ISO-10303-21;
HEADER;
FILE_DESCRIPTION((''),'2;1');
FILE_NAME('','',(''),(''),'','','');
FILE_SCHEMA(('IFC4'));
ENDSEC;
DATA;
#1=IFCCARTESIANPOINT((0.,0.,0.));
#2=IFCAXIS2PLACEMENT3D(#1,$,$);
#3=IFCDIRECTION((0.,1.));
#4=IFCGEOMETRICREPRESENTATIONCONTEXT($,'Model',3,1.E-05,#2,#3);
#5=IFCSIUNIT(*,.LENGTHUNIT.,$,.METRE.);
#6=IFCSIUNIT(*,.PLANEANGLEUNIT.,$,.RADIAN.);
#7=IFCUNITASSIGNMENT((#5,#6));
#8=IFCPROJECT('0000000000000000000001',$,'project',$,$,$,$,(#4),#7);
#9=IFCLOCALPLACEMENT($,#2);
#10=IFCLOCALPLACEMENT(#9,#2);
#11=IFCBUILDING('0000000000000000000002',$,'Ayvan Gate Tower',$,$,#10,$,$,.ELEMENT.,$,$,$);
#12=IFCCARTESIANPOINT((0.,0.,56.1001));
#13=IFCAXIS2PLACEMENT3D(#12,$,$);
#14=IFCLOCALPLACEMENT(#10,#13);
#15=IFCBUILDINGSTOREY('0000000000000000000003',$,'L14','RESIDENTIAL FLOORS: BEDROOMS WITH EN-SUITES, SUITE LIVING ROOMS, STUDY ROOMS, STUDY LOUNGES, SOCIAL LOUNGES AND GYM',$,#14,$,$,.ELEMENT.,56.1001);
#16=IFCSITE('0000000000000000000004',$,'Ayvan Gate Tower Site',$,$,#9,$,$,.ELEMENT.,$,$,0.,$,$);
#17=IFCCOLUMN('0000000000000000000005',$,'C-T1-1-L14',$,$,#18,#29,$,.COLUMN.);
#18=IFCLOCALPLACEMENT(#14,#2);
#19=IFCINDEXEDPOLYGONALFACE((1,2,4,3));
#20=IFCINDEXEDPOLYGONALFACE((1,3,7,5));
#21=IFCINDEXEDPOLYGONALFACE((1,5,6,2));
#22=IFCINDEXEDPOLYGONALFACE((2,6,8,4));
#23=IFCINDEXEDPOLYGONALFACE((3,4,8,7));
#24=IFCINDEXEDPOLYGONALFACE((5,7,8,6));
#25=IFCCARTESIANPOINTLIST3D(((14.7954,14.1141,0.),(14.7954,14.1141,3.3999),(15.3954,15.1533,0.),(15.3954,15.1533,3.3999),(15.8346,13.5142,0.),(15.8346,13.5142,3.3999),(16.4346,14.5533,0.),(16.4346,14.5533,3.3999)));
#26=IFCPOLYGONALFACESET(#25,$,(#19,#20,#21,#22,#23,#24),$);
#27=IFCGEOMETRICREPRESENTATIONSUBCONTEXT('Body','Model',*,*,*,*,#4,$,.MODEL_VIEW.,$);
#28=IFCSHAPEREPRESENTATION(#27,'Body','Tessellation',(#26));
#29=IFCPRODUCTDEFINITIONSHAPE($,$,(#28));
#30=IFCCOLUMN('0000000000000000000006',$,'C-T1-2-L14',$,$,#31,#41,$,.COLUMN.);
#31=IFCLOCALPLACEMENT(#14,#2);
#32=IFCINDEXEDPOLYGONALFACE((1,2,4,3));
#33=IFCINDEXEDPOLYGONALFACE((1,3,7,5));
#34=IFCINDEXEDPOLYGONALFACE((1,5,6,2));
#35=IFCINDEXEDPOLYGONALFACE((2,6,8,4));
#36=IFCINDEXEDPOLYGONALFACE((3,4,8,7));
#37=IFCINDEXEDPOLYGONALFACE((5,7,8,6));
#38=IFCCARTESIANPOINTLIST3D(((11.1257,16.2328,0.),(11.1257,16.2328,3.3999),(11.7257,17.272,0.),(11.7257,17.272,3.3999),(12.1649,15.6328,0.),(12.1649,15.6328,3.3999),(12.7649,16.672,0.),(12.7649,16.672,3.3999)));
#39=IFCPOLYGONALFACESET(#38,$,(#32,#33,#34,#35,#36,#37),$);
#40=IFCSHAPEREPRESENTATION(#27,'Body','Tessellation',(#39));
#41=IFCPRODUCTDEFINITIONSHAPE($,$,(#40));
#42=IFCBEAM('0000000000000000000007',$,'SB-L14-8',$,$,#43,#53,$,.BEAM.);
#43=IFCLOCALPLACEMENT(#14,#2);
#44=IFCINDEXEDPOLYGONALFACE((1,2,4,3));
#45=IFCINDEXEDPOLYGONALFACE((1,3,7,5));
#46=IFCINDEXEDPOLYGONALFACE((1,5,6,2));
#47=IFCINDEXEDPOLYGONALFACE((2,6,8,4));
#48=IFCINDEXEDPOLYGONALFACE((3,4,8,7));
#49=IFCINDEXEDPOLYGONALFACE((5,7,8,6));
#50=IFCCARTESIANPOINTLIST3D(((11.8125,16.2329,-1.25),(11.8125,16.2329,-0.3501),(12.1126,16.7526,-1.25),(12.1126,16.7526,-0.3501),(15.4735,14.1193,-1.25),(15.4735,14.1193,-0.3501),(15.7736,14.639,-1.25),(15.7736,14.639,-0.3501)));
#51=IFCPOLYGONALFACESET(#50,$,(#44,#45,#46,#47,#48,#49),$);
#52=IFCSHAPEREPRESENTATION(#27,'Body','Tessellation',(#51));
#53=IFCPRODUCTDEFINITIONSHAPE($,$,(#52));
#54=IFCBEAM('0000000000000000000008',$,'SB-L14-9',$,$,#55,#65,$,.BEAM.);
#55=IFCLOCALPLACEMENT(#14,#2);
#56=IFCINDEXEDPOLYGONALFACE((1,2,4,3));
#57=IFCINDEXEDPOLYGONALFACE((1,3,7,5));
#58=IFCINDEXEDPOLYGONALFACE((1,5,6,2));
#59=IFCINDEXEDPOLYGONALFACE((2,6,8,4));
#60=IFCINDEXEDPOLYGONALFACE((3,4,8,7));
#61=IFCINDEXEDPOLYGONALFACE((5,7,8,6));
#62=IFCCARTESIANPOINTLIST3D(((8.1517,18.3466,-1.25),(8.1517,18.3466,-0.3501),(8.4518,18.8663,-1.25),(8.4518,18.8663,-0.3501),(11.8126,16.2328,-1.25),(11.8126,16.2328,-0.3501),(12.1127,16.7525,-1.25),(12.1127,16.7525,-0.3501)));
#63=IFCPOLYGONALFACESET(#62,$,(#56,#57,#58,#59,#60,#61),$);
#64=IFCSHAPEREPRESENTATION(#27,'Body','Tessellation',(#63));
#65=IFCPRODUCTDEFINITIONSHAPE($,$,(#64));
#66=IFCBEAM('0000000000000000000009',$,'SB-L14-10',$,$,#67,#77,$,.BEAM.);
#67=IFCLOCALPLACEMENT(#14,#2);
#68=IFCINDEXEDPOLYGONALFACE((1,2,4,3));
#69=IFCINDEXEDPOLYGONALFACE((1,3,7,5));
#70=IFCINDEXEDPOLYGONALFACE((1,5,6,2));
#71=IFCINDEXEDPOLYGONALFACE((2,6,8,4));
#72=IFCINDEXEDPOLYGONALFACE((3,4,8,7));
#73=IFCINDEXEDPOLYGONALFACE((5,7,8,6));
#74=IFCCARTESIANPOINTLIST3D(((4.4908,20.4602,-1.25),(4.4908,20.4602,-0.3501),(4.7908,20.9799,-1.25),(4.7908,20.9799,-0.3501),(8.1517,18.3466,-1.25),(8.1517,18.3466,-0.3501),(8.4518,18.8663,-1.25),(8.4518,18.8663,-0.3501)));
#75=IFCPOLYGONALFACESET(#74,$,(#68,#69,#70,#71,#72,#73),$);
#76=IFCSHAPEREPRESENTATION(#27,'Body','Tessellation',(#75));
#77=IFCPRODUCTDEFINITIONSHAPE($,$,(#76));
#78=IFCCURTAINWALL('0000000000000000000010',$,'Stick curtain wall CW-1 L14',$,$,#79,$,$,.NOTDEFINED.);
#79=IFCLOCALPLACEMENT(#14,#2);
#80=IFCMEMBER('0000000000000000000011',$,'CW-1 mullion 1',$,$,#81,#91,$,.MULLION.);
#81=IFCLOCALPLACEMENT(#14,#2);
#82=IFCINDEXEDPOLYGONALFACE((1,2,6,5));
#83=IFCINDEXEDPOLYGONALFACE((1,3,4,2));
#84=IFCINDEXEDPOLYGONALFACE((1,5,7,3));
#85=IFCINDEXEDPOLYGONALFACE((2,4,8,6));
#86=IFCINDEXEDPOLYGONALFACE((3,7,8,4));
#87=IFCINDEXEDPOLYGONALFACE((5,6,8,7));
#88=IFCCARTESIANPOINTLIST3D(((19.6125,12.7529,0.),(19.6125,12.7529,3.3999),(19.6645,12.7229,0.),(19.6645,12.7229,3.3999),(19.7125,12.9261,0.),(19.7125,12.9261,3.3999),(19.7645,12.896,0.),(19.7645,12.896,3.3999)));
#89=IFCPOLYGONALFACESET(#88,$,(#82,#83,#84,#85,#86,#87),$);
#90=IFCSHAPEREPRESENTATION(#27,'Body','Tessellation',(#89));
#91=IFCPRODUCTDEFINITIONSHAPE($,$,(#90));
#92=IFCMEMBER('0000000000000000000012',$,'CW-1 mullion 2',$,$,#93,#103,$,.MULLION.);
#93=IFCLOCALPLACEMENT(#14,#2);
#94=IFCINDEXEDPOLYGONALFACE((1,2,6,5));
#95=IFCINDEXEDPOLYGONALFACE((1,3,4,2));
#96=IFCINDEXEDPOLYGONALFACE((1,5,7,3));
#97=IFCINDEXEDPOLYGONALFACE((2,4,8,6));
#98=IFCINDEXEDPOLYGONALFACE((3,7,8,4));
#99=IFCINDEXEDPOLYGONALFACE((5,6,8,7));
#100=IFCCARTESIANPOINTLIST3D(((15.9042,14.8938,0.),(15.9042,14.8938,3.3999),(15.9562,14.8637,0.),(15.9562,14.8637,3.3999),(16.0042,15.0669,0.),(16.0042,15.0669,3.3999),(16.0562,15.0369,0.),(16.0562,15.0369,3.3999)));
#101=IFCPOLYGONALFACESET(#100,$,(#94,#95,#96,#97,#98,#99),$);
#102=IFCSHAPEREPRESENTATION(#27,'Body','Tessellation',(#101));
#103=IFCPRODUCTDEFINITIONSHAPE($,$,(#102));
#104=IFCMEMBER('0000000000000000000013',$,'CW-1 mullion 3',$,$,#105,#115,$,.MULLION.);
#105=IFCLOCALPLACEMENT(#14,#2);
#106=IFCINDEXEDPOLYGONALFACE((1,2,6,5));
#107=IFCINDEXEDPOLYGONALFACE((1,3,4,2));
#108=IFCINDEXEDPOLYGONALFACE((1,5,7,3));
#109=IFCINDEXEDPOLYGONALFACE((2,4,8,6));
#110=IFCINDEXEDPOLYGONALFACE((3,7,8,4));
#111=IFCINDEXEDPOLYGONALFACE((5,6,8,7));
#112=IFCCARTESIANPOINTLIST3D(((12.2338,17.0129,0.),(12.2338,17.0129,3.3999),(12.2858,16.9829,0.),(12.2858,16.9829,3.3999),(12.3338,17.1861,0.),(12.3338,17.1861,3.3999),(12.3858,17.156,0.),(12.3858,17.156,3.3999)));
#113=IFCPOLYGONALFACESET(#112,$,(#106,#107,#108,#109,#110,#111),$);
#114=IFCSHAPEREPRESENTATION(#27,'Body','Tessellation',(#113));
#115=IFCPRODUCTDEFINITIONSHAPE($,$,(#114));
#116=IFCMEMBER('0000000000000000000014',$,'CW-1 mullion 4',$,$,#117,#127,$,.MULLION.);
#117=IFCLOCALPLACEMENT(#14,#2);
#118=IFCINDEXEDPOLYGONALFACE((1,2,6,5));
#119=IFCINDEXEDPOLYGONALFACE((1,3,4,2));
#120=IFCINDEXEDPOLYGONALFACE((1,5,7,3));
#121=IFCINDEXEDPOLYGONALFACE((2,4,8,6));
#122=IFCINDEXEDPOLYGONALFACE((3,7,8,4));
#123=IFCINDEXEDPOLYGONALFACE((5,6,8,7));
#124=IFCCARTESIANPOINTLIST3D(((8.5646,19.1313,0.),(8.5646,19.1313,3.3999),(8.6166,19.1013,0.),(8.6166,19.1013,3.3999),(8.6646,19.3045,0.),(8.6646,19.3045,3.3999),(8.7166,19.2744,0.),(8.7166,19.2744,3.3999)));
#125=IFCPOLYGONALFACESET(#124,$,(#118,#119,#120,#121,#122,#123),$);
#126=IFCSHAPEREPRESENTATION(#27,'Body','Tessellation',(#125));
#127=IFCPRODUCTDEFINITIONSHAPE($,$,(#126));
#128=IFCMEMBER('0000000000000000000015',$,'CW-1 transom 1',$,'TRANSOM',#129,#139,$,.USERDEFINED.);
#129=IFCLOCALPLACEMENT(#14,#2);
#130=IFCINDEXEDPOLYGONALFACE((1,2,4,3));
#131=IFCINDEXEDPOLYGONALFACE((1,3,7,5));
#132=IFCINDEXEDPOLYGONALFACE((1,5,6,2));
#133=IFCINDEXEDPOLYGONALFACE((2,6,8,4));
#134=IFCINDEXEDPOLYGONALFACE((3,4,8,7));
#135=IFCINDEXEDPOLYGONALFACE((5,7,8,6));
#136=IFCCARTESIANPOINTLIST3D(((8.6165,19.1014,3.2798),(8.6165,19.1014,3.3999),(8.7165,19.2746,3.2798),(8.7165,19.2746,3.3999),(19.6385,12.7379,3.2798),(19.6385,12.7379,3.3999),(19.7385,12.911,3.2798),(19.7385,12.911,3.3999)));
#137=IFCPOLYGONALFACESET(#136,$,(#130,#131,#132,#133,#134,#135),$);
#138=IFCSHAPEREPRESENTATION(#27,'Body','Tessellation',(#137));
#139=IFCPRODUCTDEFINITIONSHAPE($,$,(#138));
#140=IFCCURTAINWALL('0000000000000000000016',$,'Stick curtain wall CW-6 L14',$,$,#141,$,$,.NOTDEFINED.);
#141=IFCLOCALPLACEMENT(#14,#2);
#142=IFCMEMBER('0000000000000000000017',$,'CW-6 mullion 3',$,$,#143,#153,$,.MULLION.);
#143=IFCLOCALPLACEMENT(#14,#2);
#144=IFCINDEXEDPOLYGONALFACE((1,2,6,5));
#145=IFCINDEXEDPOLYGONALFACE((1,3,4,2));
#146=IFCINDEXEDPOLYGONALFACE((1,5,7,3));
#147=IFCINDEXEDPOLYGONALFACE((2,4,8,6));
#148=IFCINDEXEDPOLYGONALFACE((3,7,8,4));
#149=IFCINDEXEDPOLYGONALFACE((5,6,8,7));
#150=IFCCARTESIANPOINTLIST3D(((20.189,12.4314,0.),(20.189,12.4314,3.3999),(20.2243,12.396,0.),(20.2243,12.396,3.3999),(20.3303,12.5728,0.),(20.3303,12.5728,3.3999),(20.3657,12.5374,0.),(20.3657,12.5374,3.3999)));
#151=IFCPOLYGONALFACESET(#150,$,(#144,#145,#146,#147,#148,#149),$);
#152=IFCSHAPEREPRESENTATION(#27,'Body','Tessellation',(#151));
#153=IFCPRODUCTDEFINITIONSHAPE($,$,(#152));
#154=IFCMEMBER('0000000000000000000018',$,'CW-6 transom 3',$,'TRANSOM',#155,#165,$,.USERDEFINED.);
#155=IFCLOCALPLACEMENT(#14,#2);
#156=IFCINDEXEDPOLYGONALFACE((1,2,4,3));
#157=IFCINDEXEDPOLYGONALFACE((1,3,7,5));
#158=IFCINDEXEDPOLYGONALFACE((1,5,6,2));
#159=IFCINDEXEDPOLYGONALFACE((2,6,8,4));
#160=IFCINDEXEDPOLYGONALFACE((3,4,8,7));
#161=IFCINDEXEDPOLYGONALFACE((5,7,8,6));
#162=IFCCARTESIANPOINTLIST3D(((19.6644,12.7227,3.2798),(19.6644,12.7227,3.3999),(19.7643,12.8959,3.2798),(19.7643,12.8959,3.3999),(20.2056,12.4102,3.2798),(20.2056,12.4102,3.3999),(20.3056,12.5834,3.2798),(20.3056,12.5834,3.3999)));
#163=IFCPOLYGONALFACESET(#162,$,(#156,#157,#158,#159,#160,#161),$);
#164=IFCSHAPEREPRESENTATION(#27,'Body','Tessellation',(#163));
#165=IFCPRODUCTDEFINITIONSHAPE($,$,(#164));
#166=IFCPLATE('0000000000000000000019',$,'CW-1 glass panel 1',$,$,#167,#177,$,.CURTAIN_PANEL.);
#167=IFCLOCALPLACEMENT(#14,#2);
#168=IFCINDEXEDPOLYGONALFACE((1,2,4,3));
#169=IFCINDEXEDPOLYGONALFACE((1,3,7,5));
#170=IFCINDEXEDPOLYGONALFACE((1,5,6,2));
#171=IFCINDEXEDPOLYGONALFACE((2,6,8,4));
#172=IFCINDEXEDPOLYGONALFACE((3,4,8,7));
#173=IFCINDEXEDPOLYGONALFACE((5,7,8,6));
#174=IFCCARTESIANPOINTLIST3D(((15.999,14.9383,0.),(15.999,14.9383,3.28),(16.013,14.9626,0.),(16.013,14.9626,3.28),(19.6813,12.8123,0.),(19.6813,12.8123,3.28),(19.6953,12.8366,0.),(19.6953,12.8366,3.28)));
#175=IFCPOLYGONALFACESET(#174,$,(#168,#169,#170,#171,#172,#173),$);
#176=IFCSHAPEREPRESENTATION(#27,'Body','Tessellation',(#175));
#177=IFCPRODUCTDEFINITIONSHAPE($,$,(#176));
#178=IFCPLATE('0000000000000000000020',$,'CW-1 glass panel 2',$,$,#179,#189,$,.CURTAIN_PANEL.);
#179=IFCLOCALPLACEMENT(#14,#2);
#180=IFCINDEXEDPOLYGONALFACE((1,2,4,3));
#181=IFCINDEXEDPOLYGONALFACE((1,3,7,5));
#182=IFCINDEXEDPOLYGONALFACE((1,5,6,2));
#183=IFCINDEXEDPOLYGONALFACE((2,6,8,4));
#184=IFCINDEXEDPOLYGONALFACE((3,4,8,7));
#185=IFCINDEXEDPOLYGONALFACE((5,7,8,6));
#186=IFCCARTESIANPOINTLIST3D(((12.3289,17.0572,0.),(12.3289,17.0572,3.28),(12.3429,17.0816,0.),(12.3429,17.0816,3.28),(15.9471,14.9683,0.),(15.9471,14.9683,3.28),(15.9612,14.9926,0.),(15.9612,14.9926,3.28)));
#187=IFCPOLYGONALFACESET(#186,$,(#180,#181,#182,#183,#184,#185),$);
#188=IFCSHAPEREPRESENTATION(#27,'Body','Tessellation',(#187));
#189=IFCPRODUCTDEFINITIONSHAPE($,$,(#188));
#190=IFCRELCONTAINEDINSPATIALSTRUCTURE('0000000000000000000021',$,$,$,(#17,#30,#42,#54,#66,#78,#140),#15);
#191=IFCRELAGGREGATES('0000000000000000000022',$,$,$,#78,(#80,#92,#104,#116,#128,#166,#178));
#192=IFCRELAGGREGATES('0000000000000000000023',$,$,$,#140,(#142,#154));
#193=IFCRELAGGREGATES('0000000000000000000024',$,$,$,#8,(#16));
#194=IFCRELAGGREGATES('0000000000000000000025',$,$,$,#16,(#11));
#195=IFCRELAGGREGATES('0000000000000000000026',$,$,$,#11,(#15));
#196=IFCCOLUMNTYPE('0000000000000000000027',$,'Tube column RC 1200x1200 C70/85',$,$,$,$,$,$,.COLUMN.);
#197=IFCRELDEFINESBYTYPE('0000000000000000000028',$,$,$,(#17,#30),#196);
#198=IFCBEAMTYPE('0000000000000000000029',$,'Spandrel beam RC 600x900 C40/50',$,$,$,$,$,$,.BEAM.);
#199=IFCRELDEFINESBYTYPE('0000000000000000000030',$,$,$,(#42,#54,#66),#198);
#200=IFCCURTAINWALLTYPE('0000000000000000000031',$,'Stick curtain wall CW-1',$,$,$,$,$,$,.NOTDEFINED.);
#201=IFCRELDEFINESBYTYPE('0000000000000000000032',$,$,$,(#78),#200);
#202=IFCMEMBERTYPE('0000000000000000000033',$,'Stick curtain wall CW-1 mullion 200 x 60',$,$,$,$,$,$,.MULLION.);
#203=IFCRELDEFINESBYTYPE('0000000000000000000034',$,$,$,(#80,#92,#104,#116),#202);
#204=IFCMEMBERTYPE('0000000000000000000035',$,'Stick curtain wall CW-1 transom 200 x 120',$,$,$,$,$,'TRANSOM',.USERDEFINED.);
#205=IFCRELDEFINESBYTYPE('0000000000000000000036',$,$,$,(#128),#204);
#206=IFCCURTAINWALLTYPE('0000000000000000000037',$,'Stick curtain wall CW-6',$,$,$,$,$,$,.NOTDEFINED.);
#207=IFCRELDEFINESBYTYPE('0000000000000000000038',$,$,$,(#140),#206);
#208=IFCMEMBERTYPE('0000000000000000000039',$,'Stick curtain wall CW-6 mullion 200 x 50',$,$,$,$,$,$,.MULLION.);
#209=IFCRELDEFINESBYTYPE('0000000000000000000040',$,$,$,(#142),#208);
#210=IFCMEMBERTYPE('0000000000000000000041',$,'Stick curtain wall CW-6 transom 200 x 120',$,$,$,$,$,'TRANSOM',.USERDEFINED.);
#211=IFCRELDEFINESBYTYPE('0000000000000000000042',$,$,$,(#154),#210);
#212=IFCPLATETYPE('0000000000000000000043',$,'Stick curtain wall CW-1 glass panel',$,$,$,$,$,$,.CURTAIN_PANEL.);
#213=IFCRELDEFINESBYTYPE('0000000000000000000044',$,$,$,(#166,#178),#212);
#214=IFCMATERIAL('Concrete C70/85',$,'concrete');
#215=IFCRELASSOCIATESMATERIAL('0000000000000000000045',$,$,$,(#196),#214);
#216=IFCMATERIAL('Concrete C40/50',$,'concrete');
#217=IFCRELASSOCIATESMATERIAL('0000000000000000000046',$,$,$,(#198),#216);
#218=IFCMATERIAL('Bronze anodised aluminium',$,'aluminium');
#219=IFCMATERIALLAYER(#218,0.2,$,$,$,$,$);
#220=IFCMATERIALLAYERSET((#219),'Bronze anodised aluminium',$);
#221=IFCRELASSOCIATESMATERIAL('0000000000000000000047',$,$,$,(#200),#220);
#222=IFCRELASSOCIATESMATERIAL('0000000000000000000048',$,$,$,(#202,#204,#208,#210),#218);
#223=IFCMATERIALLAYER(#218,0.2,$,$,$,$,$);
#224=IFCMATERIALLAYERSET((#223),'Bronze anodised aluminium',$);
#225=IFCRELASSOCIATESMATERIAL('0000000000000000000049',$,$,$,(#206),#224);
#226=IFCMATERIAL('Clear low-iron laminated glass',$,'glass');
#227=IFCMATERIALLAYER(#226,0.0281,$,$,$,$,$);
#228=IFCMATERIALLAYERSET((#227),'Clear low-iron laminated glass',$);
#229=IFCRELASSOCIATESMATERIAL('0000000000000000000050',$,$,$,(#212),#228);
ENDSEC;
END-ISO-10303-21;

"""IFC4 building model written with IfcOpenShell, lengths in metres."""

from ifc_helpers import new_model, si_unit, direction, frame, origin, origin_2d, place, context, subcontext, project, spatial, rectangle, extrude, material, layer, layer_set, material_profile, profile_set, type_object, element, aggregate, save


model = new_model("IFC4")

# Units and contexts
model_context = context("Model", 3, precision=1e-05, world=origin(), true_north=direction((0.0, 1.0)))
body_context = subcontext(model_context, "Body", "Model", "MODEL_VIEW")
ifc_project = project(units=[si_unit("LENGTHUNIT", "METRE"), si_unit("PLANEANGLEUNIT", "RADIAN")], contexts=[model_context])

# Site, building, storey
site_placement = place(None, origin())
site = spatial("IfcSite", under=ifc_project, at=site_placement, Name="Ayvan Gate Tower Site", CompositionType="ELEMENT", RefElevation=0.0)
building_placement = place(site_placement, origin())
building = spatial("IfcBuilding", under=site, at=building_placement, Name="Ayvan Gate Tower", CompositionType="ELEMENT")
storey_placement = place(building_placement, frame((0.0, 0.0, 56.1001)))
storey = spatial("IfcBuildingStorey", under=building, at=storey_placement, Name="L14", Description="RESIDENTIAL FLOORS: BEDROOMS WITH EN-SUITES, SUITE LIVING ROOMS, STUDY ROOMS, STUDY LOUNGES, SOCIAL LOUNGES AND GYM", CompositionType="ELEMENT", Elevation=56.1001)

# Columns
ifc_material_1 = material(Name="Concrete C70/85", Category="concrete")
ifc_material_profile_1 = material_profile(ifc_material_1, rectangle(XDim=1.2, YDim=1.2, at=origin_2d()), Name="RC 1200x1200")
ifc_profile_set_1 = profile_set([ifc_material_profile_1], Name="Concrete C70/85")
column_type = type_object("IfcColumnType", Name="Tube column RC 1200x1200 C70/85", PredefinedType="COLUMN", material=ifc_profile_set_1)
for number, where, z_axis, x_axis, name in (
    (1, (15.615, 14.3337, 0.0), (0.0, 0.0, 1.0), (0.5, 0.866025, 0.0), "C-T1-1-L14"),
    (2, (11.9453, 16.4524, 0.0), (0.0, 0.0, 1.0), (0.5, 0.866025, 0.0), "C-T1-2-L14"),
):
    element("IfcColumn", number, at=place(storey_placement, frame(where, z_axis=z_axis, x_axis=x_axis)), inside=storey, type_object=column_type, Name=name, PredefinedType="COLUMN", context=body_context, shape_type="SweptSolid", body=[
        extrude(rectangle(XDim=1.2, YDim=1.2, at=origin_2d()), origin(), (0.0, 0.0, 1.0), 3.3999),
    ])

# Beams
ifc_material_2 = material(Name="Concrete C40/50", Category="concrete")
ifc_material_profile_2 = material_profile(ifc_material_2, rectangle(XDim=0.6001, YDim=0.8999, at=origin_2d()), Name="RC 600x900")
ifc_profile_set_2 = profile_set([ifc_material_profile_2], Name="Concrete C40/50")
beam_type = type_object("IfcBeamType", Name="Spandrel beam RC 600x900 C40/50", PredefinedType="BEAM", material=ifc_profile_set_2)
for number, where, z_axis, x_axis, name in (
    (3, (15.6235, 14.3792, -0.8), (-0.866035, 0.499984, 0.0), (-0.499984, -0.866035, 0.0), "SB-L14-8"),
    (4, (11.9626, 16.4927, -0.8), (-0.86601, 0.500027, 0.0), (-0.500027, -0.86601, 0.0), "SB-L14-9"),
    (5, (8.3018, 18.6064, -0.8), (-0.866035, 0.499984, 0.0), (-0.499984, -0.866035, 0.0), "SB-L14-10"),
):
    element("IfcBeam", number, at=place(storey_placement, frame(where, z_axis=z_axis, x_axis=x_axis)), inside=storey, type_object=beam_type, Name=name, PredefinedType="BEAM", context=body_context, shape_type="SweptSolid", body=[
        extrude(rectangle(XDim=0.6001, YDim=0.8999, at=origin_2d()), origin(), (0.0, 0.0, 1.0), 4.2273),
    ])

# Curtain walls, members
ifc_material_3 = material(Name="Bronze anodised aluminium", Category="aluminium")
ifc_layer_1 = layer(ifc_material_3, 0.2)
ifc_layer_set_1 = layer_set([ifc_layer_1], Name="Bronze anodised aluminium")
curtain_wall_type_1 = type_object("IfcCurtainWallType", Name="Stick curtain wall CW-1", PredefinedType="NOTDEFINED", material=ifc_layer_set_1)
curtain_wall_1_placement = place(storey_placement, origin())
curtain_wall_1 = element("IfcCurtainWall", 6, at=curtain_wall_1_placement, inside=storey, type_object=curtain_wall_type_1, Name="Stick curtain wall CW-1 L14", PredefinedType="NOTDEFINED")
ifc_material_profile_3 = material_profile(ifc_material_3, rectangle(XDim=0.2, YDim=0.0601, at=origin_2d()), Name="Stick curtain wall CW-1 mullion 200 x 60")
ifc_profile_set_3 = profile_set([ifc_material_profile_3], Name="Bronze anodised aluminium")
member_type_1 = type_object("IfcMemberType", Name="Stick curtain wall CW-1 mullion 200 x 60", PredefinedType="MULLION", material=ifc_profile_set_3)
member_1_placement = place(storey_placement, frame((19.6885, 12.8245, 0.0), z_axis=(0.0, 0.0, 1.0), x_axis=(0.5, 0.866025, 0.0)))
member_1 = element("IfcMember", 7, at=member_1_placement, type_object=member_type_1, Name="CW-1 mullion 1", PredefinedType="MULLION", context=body_context, shape_type="SweptSolid", body=[
    extrude(rectangle(XDim=0.2, YDim=0.0601, at=origin_2d()), origin(), (0.0, 0.0, 1.0), 3.3999),
])
member_2_placement = place(storey_placement, frame((15.9802, 14.9653, 0.0), z_axis=(0.0, 0.0, 1.0), x_axis=(0.5, 0.866025, 0.0)))
member_2 = element("IfcMember", 8, at=member_2_placement, type_object=member_type_1, Name="CW-1 mullion 2", PredefinedType="MULLION", context=body_context, shape_type="SweptSolid", body=[
    extrude(rectangle(XDim=0.2, YDim=0.0601, at=origin_2d()), origin(), (0.0, 0.0, 1.0), 3.3999),
])
member_3_placement = place(storey_placement, frame((12.3098, 17.0845, 0.0), z_axis=(0.0, 0.0, 1.0), x_axis=(0.5, 0.866025, 0.0)))
member_3 = element("IfcMember", 9, at=member_3_placement, type_object=member_type_1, Name="CW-1 mullion 3", PredefinedType="MULLION", context=body_context, shape_type="SweptSolid", body=[
    extrude(rectangle(XDim=0.2, YDim=0.0601, at=origin_2d()), origin(), (0.0, 0.0, 1.0), 3.3999),
])
member_4_placement = place(storey_placement, frame((8.6406, 19.2029, 0.0), z_axis=(0.0, 0.0, 1.0), x_axis=(0.5, 0.866025, 0.0)))
member_4 = element("IfcMember", 10, at=member_4_placement, type_object=member_type_1, Name="CW-1 mullion 4", PredefinedType="MULLION", context=body_context, shape_type="SweptSolid", body=[
    extrude(rectangle(XDim=0.2, YDim=0.0601, at=origin_2d()), origin(), (0.0, 0.0, 1.0), 3.3999),
])
ifc_material_profile_4 = material_profile(ifc_material_3, rectangle(XDim=0.2, YDim=0.1201, at=origin_2d()), Name="Stick curtain wall CW-1 transom 200 x 120")
ifc_profile_set_4 = profile_set([ifc_material_profile_4], Name="Bronze anodised aluminium")
member_type_2 = type_object("IfcMemberType", Name="Stick curtain wall CW-1 transom 200 x 120", ElementType="TRANSOM", PredefinedType="USERDEFINED", material=ifc_profile_set_4)
member_5_placement = place(storey_placement, frame((19.6885, 12.8245, 3.3398), z_axis=(-0.866026, 0.499999, 0.0), x_axis=(-0.499999, -0.866026, 0.0)))
member_5 = element("IfcMember", 11, at=member_5_placement, type_object=member_type_2, Name="CW-1 transom 1", ObjectType="TRANSOM", PredefinedType="USERDEFINED", context=body_context, shape_type="SweptSolid", body=[
    extrude(rectangle(XDim=0.2, YDim=0.1201, at=origin_2d()), origin(), (0.0, 0.0, 1.0), 12.7271),
])
ifc_layer_2 = layer(ifc_material_3, 0.2)
ifc_layer_set_2 = layer_set([ifc_layer_2], Name="Bronze anodised aluminium")
curtain_wall_type_2 = type_object("IfcCurtainWallType", Name="Stick curtain wall CW-6", PredefinedType="NOTDEFINED", material=ifc_layer_set_2)
curtain_wall_2_placement = place(storey_placement, origin())
curtain_wall_2 = element("IfcCurtainWall", 12, at=curtain_wall_2_placement, inside=storey, type_object=curtain_wall_type_2, Name="Stick curtain wall CW-6 L14", PredefinedType="NOTDEFINED")
ifc_material_profile_5 = material_profile(ifc_material_3, rectangle(XDim=0.2, YDim=0.05, at=origin_2d()), Name="Stick curtain wall CW-6 mullion 200 x 50")
ifc_profile_set_5 = profile_set([ifc_material_profile_5], Name="Bronze anodised aluminium")
member_type_3 = type_object("IfcMemberType", Name="Stick curtain wall CW-6 mullion 200 x 50", PredefinedType="MULLION", material=ifc_profile_set_5)
member_6_placement = place(storey_placement, frame((20.2773, 12.4844, 0.0), z_axis=(0.0, 0.0, 1.0), x_axis=(0.707107, 0.707107, 0.0)))
member_6 = element("IfcMember", 13, at=member_6_placement, type_object=member_type_3, Name="CW-6 mullion 3", PredefinedType="MULLION", context=body_context, shape_type="SweptSolid", body=[
    extrude(rectangle(XDim=0.2, YDim=0.05, at=origin_2d()), origin(), (0.0, 0.0, 1.0), 3.3999),
])
ifc_material_profile_6 = material_profile(ifc_material_3, rectangle(XDim=0.2, YDim=0.1201, at=origin_2d()), Name="Stick curtain wall CW-6 transom 200 x 120")
ifc_profile_set_6 = profile_set([ifc_material_profile_6], Name="Bronze anodised aluminium")
member_type_4 = type_object("IfcMemberType", Name="Stick curtain wall CW-6 transom 200 x 120", ElementType="TRANSOM", PredefinedType="USERDEFINED", material=ifc_profile_set_6)
member_7_placement = place(storey_placement, frame((20.2556, 12.4968, 3.3398), z_axis=(-0.866023, 0.500004, 0.0), x_axis=(-0.500004, -0.866023, 0.0)))
member_7 = element("IfcMember", 14, at=member_7_placement, type_object=member_type_4, Name="CW-6 transom 3", ObjectType="TRANSOM", PredefinedType="USERDEFINED", context=body_context, shape_type="SweptSolid", body=[
    extrude(rectangle(XDim=0.2, YDim=0.1201, at=origin_2d()), origin(), (0.0, 0.0, 1.0), 0.625),
])

# Plates
ifc_material_4 = material(Name="Clear low-iron laminated glass", Category="glass")
ifc_layer_3 = layer(ifc_material_4, 0.0281)
ifc_layer_set_3 = layer_set([ifc_layer_3], Name="Clear low-iron laminated glass")
plate_type_1 = type_object("IfcPlateType", Name="Stick curtain wall CW-1 glass panel", PredefinedType="CURTAIN_PANEL", material=ifc_layer_set_3)
plate_1_placement = place(storey_placement, frame((17.8472, 13.8875, 0.0), z_axis=(0.0, 0.0, 1.0), x_axis=(-0.866025, 0.5, 0.0)))
plate_1 = element("IfcPlate", 15, at=plate_1_placement, type_object=plate_type_1, Name="CW-1 glass panel 1", PredefinedType="CURTAIN_PANEL", context=body_context, shape_type="SweptSolid", body=[
    extrude(rectangle(XDim=4.252, YDim=0.0281, at=origin_2d()), origin(), (0.0, 0.0, 1.0), 3.28),
])
plate_2_placement = place(storey_placement, frame((14.145, 16.0249, 0.0), z_axis=(0.0, 0.0, 1.0), x_axis=(-0.866025, 0.5, 0.0)))
plate_2 = element("IfcPlate", 16, at=plate_2_placement, type_object=plate_type_1, Name="CW-1 glass panel 2", PredefinedType="CURTAIN_PANEL", context=body_context, shape_type="SweptSolid", body=[
    extrude(rectangle(XDim=4.178, YDim=0.0281, at=origin_2d()), origin(), (0.0, 0.0, 1.0), 3.28),
])
aggregate(curtain_wall_1, [member_1, member_2, member_3, member_4, member_5, plate_1, plate_2])
aggregate(curtain_wall_2, [member_6, member_7])

save(model, "model.ifc")
